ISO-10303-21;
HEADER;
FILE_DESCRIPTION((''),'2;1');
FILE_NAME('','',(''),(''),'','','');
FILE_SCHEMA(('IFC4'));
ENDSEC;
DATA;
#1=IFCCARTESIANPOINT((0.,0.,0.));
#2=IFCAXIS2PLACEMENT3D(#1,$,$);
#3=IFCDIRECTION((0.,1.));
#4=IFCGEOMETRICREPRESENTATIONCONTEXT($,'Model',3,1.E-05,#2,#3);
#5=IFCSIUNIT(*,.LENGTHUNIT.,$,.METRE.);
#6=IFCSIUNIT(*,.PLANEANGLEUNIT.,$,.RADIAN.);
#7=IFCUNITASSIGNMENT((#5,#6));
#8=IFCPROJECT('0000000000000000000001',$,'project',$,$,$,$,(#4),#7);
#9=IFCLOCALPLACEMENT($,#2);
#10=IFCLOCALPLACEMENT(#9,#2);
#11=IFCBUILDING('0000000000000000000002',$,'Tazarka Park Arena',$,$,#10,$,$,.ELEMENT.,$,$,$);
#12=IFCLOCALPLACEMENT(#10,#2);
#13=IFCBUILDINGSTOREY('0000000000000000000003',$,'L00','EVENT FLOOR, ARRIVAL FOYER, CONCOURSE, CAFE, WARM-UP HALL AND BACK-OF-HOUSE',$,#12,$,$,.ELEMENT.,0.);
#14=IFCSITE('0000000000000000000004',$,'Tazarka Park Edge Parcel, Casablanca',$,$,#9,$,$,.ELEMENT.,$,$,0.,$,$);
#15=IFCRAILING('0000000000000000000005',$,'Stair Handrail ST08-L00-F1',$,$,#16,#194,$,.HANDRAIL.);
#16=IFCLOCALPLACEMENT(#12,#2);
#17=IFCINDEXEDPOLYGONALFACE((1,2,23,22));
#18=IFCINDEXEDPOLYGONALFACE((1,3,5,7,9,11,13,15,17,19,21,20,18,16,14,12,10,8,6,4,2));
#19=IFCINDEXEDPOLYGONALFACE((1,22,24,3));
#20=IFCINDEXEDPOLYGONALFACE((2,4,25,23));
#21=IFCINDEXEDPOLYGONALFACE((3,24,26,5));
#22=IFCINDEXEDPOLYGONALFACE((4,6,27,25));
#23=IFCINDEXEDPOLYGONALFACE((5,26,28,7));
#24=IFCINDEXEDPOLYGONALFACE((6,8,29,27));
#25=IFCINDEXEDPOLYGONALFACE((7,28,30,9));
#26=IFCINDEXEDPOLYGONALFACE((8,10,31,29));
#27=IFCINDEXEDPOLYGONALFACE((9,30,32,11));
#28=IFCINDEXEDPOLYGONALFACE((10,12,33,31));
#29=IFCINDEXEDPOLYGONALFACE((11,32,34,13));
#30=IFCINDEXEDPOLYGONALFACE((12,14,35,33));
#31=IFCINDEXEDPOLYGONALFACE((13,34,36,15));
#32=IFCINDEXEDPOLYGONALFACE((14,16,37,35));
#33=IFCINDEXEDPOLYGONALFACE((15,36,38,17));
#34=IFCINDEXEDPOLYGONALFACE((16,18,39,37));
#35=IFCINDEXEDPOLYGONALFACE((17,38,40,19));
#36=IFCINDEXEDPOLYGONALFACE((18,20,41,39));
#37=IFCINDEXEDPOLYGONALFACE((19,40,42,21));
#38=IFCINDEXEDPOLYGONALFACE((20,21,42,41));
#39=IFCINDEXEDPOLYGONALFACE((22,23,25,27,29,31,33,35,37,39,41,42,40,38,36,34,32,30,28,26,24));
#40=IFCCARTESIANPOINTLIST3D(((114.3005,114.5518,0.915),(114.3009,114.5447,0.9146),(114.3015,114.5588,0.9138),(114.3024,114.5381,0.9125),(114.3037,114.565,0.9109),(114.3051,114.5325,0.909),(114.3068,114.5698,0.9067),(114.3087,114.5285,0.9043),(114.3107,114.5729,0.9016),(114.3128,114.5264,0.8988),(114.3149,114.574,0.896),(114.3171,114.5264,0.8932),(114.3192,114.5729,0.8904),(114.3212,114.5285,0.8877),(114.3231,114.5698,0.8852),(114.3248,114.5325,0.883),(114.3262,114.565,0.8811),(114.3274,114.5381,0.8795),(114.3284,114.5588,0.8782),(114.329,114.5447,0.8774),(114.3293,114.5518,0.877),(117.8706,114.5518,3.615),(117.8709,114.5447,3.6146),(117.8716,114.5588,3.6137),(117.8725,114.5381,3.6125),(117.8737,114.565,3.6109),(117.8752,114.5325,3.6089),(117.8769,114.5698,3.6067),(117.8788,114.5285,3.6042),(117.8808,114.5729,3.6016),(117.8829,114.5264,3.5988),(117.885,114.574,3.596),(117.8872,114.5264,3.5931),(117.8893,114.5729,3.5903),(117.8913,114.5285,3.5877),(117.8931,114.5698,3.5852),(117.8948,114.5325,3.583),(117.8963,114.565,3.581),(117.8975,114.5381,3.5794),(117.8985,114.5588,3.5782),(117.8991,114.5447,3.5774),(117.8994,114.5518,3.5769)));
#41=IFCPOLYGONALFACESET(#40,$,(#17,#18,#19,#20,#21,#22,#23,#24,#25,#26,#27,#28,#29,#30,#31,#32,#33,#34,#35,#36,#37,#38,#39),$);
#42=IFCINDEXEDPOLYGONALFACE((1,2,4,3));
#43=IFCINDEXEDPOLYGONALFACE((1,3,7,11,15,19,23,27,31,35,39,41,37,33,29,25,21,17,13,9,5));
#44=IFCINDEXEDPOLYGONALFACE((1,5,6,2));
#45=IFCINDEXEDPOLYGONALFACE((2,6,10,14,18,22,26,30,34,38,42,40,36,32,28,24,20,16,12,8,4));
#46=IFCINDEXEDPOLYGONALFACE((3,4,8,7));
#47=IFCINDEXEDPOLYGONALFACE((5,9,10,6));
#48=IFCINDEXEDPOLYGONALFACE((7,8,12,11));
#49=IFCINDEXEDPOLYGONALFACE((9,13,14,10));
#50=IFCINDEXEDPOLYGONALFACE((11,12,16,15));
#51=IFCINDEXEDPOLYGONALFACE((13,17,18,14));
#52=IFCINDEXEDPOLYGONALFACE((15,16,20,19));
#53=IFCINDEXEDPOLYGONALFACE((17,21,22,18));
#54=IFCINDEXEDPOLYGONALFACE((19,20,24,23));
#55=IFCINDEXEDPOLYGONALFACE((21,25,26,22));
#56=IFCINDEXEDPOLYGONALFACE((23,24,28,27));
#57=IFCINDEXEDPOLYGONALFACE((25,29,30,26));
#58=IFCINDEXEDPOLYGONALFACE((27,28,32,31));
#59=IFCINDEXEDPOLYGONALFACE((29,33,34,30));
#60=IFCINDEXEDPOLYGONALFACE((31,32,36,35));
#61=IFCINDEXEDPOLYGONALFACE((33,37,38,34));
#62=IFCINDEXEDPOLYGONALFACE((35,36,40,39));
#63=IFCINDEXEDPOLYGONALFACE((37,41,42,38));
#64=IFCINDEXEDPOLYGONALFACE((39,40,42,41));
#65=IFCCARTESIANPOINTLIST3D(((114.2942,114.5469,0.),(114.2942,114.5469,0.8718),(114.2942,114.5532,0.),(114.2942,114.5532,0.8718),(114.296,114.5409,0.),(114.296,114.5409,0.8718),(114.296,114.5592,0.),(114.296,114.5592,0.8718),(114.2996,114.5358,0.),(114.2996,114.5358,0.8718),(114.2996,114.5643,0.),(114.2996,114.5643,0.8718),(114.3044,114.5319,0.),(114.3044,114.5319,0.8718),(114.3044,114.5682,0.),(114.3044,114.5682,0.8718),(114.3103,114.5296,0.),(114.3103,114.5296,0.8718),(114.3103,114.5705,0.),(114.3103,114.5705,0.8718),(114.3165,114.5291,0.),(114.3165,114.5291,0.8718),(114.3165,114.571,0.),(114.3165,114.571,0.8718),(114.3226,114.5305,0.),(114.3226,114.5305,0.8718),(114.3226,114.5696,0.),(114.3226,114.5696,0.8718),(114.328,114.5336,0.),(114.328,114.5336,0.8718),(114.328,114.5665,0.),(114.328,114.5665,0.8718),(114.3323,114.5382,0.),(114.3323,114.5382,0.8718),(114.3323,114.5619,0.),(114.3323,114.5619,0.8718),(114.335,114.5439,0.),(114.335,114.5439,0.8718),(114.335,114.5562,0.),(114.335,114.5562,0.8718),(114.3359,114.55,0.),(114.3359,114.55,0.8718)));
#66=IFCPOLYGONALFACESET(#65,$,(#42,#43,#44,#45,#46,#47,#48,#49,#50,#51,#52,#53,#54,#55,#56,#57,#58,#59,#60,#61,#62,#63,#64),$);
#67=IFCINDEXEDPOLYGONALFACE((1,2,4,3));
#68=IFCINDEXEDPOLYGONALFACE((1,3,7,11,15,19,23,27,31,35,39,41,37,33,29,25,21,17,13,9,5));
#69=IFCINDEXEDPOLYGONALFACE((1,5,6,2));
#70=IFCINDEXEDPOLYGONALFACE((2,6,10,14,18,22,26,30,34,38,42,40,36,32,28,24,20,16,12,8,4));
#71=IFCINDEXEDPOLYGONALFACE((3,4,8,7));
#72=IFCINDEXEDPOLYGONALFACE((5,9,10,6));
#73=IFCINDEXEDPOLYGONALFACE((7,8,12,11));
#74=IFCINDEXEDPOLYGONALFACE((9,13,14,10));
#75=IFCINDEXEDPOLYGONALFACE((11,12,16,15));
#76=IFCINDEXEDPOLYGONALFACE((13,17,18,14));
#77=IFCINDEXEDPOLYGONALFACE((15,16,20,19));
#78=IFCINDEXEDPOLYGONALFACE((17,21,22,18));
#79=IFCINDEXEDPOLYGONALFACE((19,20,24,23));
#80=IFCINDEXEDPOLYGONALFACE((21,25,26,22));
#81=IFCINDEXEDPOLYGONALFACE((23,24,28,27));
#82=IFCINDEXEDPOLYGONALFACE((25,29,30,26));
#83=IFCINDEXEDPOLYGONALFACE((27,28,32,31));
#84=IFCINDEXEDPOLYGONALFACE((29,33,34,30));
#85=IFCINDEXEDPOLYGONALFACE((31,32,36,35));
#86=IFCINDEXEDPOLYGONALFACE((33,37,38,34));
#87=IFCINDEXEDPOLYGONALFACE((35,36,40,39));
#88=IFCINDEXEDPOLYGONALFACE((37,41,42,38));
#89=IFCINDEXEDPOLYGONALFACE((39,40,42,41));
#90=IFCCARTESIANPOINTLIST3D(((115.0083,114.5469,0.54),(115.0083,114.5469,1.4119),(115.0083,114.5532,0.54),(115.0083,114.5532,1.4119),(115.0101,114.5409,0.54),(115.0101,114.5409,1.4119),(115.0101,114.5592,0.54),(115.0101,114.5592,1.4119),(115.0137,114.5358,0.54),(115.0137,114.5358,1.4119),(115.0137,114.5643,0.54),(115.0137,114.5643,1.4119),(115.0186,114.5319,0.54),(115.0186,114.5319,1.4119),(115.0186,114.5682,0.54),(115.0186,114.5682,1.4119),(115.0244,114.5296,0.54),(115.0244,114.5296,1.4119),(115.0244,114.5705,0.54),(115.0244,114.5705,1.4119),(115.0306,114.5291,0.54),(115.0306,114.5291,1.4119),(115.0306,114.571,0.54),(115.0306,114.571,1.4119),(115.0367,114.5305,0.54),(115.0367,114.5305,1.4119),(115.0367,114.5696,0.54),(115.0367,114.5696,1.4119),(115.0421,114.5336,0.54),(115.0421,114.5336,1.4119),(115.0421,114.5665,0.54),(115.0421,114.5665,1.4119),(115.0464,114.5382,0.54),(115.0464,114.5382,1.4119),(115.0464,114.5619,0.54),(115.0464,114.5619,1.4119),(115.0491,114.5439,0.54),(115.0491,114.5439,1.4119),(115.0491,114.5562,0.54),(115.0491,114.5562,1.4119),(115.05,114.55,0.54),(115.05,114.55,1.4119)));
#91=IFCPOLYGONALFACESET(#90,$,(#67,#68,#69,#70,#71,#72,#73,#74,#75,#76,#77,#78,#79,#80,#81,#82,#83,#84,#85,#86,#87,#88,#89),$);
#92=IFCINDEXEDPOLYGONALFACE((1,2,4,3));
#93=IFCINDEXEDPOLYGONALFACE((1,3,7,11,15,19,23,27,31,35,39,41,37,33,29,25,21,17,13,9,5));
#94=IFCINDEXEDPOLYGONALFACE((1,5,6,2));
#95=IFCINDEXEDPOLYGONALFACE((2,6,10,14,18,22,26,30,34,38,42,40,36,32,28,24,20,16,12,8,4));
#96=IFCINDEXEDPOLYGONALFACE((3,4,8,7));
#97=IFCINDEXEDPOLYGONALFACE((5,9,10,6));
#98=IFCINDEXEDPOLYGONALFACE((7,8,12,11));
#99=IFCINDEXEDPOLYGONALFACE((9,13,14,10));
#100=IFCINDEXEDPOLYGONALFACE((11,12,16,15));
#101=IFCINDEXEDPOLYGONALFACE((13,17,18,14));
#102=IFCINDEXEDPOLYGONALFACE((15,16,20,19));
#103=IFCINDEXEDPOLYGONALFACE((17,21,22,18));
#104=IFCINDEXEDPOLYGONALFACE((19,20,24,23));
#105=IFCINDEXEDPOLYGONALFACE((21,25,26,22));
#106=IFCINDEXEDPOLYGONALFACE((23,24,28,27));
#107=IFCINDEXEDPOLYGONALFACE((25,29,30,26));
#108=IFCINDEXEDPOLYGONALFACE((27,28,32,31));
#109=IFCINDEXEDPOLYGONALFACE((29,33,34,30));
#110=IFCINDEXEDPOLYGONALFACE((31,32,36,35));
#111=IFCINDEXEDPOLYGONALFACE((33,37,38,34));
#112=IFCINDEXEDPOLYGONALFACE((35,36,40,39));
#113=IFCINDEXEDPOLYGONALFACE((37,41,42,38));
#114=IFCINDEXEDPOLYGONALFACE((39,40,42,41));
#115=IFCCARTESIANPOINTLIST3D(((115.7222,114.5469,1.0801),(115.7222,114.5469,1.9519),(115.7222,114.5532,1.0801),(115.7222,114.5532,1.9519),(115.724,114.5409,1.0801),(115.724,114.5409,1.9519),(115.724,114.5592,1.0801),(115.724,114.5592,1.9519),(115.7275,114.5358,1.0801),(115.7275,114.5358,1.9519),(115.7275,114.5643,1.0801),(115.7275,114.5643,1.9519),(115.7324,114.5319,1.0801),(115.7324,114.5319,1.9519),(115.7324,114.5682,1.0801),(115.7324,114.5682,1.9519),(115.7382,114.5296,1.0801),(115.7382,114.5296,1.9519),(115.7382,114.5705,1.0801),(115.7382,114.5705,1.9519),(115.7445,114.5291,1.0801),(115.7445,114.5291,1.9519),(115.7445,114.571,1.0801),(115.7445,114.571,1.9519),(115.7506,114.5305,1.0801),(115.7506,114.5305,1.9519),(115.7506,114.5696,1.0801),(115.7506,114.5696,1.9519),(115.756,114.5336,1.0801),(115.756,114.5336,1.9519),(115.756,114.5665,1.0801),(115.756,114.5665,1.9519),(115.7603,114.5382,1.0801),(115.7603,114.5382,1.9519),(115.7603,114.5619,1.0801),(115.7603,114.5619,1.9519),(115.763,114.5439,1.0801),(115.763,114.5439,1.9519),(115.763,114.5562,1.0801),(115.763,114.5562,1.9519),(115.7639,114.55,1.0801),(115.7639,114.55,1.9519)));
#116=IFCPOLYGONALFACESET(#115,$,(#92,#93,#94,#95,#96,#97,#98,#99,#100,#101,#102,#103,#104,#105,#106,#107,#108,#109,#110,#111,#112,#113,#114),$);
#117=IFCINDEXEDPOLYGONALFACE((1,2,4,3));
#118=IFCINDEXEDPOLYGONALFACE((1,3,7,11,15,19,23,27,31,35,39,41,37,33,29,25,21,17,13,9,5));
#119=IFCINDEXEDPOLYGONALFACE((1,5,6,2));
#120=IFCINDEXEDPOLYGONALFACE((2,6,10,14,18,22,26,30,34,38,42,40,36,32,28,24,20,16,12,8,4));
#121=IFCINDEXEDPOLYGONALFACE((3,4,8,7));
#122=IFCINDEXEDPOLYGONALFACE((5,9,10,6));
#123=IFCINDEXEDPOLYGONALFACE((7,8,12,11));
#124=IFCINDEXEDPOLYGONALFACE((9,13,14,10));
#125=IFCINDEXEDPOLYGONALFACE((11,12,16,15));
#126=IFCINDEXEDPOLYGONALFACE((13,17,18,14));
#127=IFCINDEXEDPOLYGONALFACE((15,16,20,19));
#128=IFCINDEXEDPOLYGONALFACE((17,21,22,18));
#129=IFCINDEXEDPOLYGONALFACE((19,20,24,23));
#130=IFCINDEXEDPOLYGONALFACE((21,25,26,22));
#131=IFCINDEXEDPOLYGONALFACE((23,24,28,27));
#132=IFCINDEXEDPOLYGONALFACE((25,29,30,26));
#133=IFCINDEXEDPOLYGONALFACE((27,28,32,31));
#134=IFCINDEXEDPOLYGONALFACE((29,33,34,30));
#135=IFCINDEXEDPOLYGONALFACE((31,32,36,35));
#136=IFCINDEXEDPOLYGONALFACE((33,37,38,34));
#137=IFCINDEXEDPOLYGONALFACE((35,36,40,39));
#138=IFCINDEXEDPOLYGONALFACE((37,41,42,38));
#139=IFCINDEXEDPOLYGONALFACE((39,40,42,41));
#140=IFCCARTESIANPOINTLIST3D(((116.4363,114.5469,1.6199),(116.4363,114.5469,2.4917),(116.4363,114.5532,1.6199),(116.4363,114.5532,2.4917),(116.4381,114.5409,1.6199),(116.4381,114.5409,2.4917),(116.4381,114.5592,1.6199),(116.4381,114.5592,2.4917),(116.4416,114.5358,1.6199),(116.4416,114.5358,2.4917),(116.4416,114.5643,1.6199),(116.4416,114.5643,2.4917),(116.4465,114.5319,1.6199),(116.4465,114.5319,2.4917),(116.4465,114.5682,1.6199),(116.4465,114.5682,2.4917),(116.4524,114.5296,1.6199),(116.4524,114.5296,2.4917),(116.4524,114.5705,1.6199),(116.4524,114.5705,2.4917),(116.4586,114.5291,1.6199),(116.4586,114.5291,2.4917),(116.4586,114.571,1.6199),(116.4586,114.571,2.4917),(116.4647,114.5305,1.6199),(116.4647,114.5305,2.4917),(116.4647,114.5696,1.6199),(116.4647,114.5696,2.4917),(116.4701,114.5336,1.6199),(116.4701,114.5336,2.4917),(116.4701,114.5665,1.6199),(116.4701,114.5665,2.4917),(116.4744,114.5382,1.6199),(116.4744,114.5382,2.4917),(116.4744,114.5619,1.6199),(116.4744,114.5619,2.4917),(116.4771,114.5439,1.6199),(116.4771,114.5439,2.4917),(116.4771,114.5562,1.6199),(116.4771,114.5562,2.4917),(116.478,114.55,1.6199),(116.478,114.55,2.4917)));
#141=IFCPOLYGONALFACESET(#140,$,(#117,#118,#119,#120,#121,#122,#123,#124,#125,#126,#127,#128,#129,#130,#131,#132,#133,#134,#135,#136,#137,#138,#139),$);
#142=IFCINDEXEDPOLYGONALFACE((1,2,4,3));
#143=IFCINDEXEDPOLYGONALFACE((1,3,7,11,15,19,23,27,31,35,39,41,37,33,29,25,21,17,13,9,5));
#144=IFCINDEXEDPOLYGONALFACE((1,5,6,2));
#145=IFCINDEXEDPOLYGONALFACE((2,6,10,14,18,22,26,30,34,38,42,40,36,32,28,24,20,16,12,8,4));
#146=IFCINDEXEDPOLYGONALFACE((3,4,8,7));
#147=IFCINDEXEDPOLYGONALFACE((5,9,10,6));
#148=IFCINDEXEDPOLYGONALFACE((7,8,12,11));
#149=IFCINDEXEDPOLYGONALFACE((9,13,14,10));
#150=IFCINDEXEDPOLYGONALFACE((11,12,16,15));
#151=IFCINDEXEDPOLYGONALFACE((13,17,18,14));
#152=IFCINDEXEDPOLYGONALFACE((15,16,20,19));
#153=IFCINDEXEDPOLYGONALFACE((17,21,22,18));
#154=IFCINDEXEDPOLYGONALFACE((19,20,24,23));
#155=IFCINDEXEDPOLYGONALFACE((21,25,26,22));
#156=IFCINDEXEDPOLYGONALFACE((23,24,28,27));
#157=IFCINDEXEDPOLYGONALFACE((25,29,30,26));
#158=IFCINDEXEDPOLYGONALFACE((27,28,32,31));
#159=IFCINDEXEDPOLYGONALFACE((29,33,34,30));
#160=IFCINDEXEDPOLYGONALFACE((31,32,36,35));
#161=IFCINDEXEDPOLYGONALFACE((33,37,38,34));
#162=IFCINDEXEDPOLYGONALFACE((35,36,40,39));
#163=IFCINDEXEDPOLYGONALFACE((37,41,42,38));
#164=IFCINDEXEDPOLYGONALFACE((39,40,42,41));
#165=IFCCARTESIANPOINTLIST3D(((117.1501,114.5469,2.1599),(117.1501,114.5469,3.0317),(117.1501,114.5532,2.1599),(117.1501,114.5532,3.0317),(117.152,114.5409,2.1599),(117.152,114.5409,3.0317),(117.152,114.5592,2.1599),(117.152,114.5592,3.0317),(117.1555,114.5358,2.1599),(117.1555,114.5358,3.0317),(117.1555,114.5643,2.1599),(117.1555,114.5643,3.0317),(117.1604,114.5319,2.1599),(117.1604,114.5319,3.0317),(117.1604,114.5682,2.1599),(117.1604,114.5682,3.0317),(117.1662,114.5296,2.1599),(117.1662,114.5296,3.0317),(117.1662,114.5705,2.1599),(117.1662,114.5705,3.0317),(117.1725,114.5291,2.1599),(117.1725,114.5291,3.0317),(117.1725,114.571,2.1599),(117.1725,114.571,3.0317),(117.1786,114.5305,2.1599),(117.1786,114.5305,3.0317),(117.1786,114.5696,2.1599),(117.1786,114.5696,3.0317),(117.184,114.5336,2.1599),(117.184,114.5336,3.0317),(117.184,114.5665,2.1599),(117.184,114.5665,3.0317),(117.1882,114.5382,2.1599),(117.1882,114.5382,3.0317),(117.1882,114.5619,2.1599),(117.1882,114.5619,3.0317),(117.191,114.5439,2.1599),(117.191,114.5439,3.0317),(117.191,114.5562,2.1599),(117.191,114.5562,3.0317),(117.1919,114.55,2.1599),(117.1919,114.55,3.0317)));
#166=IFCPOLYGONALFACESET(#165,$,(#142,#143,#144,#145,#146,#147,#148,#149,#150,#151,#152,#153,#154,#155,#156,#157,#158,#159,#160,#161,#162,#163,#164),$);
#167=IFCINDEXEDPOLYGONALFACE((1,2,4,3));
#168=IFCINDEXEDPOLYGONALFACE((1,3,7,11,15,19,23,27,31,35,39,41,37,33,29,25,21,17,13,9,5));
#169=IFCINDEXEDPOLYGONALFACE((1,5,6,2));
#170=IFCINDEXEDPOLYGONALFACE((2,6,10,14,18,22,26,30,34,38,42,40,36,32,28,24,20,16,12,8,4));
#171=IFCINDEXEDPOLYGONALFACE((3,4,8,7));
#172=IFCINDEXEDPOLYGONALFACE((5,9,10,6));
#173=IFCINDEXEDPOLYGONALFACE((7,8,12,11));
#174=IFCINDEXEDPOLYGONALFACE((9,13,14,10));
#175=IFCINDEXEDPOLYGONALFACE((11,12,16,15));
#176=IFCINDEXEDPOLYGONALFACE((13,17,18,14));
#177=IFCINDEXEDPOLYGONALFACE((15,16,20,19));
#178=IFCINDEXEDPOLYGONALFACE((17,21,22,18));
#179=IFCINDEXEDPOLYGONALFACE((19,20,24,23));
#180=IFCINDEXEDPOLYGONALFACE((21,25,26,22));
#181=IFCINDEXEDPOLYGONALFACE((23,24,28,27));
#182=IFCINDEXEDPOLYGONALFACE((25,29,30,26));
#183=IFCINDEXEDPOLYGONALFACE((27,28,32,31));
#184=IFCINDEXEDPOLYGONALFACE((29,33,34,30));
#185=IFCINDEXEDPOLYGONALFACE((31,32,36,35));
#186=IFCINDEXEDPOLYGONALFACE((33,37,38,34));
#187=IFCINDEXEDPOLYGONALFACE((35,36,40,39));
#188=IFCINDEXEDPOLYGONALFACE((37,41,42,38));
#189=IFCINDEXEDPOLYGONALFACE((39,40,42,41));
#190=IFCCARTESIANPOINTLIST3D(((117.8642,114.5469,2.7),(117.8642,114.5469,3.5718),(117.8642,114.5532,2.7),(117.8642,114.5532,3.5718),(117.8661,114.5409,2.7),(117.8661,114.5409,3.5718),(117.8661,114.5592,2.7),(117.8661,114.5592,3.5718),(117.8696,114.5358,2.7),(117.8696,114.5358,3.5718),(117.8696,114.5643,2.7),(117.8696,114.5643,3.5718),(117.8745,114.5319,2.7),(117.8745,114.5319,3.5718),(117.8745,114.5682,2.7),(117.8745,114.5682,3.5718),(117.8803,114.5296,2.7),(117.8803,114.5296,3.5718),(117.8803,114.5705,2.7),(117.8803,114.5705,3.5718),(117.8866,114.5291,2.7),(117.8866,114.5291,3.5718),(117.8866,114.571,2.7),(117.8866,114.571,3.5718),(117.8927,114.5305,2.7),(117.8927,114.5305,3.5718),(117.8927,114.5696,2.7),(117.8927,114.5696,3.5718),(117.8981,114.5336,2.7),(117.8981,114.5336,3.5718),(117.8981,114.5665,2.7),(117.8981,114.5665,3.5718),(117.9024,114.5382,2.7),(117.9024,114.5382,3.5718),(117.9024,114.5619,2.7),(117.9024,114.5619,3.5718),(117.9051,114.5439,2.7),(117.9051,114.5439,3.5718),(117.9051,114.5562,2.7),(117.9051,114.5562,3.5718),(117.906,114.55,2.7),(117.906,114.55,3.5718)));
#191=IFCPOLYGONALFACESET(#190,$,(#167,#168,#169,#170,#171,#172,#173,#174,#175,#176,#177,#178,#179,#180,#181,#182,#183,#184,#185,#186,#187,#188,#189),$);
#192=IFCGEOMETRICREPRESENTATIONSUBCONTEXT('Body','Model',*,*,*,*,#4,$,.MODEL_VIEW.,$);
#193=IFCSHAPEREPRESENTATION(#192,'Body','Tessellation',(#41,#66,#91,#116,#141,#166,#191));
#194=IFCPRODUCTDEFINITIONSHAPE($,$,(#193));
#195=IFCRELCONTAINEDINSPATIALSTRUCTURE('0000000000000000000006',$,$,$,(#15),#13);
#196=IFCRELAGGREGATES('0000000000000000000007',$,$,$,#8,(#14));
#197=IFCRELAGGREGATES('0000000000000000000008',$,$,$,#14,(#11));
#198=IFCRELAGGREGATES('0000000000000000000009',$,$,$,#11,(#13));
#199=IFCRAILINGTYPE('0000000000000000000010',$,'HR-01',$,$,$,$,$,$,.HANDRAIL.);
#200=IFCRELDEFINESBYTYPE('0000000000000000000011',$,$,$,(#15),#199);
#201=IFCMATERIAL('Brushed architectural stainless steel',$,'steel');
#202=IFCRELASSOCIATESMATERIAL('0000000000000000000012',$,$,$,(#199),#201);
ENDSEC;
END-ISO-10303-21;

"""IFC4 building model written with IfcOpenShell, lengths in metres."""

from ifc_helpers import new_model, si_unit, direction, frame, origin, origin_2d, place, context, subcontext, project, spatial, circle, extrude, material, type_object, element, save


model = new_model("IFC4")

# Units and contexts
model_context = context("Model", 3, precision=1e-05, world=origin(), true_north=direction((0.0, 1.0)))
body_context = subcontext(model_context, "Body", "Model", "MODEL_VIEW")
ifc_project = project(units=[si_unit("LENGTHUNIT", "METRE"), si_unit("PLANEANGLEUNIT", "RADIAN")], contexts=[model_context])

# Site, building, storey
site_placement = place(None, origin())
site = spatial("IfcSite", under=ifc_project, at=site_placement, Name="Tazarka Park Edge Parcel, Casablanca", CompositionType="ELEMENT", RefElevation=0.0)
building_placement = place(site_placement, origin())
building = spatial("IfcBuilding", under=site, at=building_placement, Name="Tazarka Park Arena", CompositionType="ELEMENT")
storey_placement = place(building_placement, origin())
storey = spatial("IfcBuildingStorey", under=building, at=storey_placement, Name="L00", Description="EVENT FLOOR, ARRIVAL FOYER, CONCOURSE, CAFE, WARM-UP HALL AND BACK-OF-HOUSE", CompositionType="ELEMENT", Elevation=0.0)

# Railing
ifc_material_1 = material(Name="Brushed architectural stainless steel", Category="steel")
railing_type_1 = type_object("IfcRailingType", Name="HR-01", PredefinedType="HANDRAIL", material=ifc_material_1)
railing_1_placement = place(storey_placement, frame((114.3149, 114.55, 0.0)))
element("IfcRailing", 1, at=railing_1_placement, inside=storey, type_object=railing_type_1, Name="Stair Handrail ST08-L00-F1", PredefinedType="HANDRAIL", context=body_context, shape_type="SweptSolid", body=[
    extrude(circle(Radius=0.0239, at=origin_2d()), frame((0.0, 0.0, 0.896), z_axis=(0.797591, 0.0, 0.603198), x_axis=(0.0, 1.0, 0.0)), (0.0, 0.0, 1.0), 4.4761),
    extrude(circle(Radius=0.021, at=origin_2d()), origin(), (0.0, 0.0, 1.0), 0.8718),
    extrude(circle(Radius=0.021, at=origin_2d()), frame((0.7141, 0.0, 0.54)), (0.0, 0.0, 1.0), 0.8718),
    extrude(circle(Radius=0.021, at=origin_2d()), frame((1.428, 0.0, 1.0801)), (0.0, 0.0, 1.0), 0.8718),
    extrude(circle(Radius=0.021, at=origin_2d()), frame((2.1421, 0.0, 1.6199)), (0.0, 0.0, 1.0), 0.8718),
    extrude(circle(Radius=0.021, at=origin_2d()), frame((2.856, 0.0, 2.1599)), (0.0, 0.0, 1.0), 0.8718),
    extrude(circle(Radius=0.021, at=origin_2d()), frame((3.5701, 0.0, 2.7)), (0.0, 0.0, 1.0), 0.8718),
])

save(model, "model.ifc")
